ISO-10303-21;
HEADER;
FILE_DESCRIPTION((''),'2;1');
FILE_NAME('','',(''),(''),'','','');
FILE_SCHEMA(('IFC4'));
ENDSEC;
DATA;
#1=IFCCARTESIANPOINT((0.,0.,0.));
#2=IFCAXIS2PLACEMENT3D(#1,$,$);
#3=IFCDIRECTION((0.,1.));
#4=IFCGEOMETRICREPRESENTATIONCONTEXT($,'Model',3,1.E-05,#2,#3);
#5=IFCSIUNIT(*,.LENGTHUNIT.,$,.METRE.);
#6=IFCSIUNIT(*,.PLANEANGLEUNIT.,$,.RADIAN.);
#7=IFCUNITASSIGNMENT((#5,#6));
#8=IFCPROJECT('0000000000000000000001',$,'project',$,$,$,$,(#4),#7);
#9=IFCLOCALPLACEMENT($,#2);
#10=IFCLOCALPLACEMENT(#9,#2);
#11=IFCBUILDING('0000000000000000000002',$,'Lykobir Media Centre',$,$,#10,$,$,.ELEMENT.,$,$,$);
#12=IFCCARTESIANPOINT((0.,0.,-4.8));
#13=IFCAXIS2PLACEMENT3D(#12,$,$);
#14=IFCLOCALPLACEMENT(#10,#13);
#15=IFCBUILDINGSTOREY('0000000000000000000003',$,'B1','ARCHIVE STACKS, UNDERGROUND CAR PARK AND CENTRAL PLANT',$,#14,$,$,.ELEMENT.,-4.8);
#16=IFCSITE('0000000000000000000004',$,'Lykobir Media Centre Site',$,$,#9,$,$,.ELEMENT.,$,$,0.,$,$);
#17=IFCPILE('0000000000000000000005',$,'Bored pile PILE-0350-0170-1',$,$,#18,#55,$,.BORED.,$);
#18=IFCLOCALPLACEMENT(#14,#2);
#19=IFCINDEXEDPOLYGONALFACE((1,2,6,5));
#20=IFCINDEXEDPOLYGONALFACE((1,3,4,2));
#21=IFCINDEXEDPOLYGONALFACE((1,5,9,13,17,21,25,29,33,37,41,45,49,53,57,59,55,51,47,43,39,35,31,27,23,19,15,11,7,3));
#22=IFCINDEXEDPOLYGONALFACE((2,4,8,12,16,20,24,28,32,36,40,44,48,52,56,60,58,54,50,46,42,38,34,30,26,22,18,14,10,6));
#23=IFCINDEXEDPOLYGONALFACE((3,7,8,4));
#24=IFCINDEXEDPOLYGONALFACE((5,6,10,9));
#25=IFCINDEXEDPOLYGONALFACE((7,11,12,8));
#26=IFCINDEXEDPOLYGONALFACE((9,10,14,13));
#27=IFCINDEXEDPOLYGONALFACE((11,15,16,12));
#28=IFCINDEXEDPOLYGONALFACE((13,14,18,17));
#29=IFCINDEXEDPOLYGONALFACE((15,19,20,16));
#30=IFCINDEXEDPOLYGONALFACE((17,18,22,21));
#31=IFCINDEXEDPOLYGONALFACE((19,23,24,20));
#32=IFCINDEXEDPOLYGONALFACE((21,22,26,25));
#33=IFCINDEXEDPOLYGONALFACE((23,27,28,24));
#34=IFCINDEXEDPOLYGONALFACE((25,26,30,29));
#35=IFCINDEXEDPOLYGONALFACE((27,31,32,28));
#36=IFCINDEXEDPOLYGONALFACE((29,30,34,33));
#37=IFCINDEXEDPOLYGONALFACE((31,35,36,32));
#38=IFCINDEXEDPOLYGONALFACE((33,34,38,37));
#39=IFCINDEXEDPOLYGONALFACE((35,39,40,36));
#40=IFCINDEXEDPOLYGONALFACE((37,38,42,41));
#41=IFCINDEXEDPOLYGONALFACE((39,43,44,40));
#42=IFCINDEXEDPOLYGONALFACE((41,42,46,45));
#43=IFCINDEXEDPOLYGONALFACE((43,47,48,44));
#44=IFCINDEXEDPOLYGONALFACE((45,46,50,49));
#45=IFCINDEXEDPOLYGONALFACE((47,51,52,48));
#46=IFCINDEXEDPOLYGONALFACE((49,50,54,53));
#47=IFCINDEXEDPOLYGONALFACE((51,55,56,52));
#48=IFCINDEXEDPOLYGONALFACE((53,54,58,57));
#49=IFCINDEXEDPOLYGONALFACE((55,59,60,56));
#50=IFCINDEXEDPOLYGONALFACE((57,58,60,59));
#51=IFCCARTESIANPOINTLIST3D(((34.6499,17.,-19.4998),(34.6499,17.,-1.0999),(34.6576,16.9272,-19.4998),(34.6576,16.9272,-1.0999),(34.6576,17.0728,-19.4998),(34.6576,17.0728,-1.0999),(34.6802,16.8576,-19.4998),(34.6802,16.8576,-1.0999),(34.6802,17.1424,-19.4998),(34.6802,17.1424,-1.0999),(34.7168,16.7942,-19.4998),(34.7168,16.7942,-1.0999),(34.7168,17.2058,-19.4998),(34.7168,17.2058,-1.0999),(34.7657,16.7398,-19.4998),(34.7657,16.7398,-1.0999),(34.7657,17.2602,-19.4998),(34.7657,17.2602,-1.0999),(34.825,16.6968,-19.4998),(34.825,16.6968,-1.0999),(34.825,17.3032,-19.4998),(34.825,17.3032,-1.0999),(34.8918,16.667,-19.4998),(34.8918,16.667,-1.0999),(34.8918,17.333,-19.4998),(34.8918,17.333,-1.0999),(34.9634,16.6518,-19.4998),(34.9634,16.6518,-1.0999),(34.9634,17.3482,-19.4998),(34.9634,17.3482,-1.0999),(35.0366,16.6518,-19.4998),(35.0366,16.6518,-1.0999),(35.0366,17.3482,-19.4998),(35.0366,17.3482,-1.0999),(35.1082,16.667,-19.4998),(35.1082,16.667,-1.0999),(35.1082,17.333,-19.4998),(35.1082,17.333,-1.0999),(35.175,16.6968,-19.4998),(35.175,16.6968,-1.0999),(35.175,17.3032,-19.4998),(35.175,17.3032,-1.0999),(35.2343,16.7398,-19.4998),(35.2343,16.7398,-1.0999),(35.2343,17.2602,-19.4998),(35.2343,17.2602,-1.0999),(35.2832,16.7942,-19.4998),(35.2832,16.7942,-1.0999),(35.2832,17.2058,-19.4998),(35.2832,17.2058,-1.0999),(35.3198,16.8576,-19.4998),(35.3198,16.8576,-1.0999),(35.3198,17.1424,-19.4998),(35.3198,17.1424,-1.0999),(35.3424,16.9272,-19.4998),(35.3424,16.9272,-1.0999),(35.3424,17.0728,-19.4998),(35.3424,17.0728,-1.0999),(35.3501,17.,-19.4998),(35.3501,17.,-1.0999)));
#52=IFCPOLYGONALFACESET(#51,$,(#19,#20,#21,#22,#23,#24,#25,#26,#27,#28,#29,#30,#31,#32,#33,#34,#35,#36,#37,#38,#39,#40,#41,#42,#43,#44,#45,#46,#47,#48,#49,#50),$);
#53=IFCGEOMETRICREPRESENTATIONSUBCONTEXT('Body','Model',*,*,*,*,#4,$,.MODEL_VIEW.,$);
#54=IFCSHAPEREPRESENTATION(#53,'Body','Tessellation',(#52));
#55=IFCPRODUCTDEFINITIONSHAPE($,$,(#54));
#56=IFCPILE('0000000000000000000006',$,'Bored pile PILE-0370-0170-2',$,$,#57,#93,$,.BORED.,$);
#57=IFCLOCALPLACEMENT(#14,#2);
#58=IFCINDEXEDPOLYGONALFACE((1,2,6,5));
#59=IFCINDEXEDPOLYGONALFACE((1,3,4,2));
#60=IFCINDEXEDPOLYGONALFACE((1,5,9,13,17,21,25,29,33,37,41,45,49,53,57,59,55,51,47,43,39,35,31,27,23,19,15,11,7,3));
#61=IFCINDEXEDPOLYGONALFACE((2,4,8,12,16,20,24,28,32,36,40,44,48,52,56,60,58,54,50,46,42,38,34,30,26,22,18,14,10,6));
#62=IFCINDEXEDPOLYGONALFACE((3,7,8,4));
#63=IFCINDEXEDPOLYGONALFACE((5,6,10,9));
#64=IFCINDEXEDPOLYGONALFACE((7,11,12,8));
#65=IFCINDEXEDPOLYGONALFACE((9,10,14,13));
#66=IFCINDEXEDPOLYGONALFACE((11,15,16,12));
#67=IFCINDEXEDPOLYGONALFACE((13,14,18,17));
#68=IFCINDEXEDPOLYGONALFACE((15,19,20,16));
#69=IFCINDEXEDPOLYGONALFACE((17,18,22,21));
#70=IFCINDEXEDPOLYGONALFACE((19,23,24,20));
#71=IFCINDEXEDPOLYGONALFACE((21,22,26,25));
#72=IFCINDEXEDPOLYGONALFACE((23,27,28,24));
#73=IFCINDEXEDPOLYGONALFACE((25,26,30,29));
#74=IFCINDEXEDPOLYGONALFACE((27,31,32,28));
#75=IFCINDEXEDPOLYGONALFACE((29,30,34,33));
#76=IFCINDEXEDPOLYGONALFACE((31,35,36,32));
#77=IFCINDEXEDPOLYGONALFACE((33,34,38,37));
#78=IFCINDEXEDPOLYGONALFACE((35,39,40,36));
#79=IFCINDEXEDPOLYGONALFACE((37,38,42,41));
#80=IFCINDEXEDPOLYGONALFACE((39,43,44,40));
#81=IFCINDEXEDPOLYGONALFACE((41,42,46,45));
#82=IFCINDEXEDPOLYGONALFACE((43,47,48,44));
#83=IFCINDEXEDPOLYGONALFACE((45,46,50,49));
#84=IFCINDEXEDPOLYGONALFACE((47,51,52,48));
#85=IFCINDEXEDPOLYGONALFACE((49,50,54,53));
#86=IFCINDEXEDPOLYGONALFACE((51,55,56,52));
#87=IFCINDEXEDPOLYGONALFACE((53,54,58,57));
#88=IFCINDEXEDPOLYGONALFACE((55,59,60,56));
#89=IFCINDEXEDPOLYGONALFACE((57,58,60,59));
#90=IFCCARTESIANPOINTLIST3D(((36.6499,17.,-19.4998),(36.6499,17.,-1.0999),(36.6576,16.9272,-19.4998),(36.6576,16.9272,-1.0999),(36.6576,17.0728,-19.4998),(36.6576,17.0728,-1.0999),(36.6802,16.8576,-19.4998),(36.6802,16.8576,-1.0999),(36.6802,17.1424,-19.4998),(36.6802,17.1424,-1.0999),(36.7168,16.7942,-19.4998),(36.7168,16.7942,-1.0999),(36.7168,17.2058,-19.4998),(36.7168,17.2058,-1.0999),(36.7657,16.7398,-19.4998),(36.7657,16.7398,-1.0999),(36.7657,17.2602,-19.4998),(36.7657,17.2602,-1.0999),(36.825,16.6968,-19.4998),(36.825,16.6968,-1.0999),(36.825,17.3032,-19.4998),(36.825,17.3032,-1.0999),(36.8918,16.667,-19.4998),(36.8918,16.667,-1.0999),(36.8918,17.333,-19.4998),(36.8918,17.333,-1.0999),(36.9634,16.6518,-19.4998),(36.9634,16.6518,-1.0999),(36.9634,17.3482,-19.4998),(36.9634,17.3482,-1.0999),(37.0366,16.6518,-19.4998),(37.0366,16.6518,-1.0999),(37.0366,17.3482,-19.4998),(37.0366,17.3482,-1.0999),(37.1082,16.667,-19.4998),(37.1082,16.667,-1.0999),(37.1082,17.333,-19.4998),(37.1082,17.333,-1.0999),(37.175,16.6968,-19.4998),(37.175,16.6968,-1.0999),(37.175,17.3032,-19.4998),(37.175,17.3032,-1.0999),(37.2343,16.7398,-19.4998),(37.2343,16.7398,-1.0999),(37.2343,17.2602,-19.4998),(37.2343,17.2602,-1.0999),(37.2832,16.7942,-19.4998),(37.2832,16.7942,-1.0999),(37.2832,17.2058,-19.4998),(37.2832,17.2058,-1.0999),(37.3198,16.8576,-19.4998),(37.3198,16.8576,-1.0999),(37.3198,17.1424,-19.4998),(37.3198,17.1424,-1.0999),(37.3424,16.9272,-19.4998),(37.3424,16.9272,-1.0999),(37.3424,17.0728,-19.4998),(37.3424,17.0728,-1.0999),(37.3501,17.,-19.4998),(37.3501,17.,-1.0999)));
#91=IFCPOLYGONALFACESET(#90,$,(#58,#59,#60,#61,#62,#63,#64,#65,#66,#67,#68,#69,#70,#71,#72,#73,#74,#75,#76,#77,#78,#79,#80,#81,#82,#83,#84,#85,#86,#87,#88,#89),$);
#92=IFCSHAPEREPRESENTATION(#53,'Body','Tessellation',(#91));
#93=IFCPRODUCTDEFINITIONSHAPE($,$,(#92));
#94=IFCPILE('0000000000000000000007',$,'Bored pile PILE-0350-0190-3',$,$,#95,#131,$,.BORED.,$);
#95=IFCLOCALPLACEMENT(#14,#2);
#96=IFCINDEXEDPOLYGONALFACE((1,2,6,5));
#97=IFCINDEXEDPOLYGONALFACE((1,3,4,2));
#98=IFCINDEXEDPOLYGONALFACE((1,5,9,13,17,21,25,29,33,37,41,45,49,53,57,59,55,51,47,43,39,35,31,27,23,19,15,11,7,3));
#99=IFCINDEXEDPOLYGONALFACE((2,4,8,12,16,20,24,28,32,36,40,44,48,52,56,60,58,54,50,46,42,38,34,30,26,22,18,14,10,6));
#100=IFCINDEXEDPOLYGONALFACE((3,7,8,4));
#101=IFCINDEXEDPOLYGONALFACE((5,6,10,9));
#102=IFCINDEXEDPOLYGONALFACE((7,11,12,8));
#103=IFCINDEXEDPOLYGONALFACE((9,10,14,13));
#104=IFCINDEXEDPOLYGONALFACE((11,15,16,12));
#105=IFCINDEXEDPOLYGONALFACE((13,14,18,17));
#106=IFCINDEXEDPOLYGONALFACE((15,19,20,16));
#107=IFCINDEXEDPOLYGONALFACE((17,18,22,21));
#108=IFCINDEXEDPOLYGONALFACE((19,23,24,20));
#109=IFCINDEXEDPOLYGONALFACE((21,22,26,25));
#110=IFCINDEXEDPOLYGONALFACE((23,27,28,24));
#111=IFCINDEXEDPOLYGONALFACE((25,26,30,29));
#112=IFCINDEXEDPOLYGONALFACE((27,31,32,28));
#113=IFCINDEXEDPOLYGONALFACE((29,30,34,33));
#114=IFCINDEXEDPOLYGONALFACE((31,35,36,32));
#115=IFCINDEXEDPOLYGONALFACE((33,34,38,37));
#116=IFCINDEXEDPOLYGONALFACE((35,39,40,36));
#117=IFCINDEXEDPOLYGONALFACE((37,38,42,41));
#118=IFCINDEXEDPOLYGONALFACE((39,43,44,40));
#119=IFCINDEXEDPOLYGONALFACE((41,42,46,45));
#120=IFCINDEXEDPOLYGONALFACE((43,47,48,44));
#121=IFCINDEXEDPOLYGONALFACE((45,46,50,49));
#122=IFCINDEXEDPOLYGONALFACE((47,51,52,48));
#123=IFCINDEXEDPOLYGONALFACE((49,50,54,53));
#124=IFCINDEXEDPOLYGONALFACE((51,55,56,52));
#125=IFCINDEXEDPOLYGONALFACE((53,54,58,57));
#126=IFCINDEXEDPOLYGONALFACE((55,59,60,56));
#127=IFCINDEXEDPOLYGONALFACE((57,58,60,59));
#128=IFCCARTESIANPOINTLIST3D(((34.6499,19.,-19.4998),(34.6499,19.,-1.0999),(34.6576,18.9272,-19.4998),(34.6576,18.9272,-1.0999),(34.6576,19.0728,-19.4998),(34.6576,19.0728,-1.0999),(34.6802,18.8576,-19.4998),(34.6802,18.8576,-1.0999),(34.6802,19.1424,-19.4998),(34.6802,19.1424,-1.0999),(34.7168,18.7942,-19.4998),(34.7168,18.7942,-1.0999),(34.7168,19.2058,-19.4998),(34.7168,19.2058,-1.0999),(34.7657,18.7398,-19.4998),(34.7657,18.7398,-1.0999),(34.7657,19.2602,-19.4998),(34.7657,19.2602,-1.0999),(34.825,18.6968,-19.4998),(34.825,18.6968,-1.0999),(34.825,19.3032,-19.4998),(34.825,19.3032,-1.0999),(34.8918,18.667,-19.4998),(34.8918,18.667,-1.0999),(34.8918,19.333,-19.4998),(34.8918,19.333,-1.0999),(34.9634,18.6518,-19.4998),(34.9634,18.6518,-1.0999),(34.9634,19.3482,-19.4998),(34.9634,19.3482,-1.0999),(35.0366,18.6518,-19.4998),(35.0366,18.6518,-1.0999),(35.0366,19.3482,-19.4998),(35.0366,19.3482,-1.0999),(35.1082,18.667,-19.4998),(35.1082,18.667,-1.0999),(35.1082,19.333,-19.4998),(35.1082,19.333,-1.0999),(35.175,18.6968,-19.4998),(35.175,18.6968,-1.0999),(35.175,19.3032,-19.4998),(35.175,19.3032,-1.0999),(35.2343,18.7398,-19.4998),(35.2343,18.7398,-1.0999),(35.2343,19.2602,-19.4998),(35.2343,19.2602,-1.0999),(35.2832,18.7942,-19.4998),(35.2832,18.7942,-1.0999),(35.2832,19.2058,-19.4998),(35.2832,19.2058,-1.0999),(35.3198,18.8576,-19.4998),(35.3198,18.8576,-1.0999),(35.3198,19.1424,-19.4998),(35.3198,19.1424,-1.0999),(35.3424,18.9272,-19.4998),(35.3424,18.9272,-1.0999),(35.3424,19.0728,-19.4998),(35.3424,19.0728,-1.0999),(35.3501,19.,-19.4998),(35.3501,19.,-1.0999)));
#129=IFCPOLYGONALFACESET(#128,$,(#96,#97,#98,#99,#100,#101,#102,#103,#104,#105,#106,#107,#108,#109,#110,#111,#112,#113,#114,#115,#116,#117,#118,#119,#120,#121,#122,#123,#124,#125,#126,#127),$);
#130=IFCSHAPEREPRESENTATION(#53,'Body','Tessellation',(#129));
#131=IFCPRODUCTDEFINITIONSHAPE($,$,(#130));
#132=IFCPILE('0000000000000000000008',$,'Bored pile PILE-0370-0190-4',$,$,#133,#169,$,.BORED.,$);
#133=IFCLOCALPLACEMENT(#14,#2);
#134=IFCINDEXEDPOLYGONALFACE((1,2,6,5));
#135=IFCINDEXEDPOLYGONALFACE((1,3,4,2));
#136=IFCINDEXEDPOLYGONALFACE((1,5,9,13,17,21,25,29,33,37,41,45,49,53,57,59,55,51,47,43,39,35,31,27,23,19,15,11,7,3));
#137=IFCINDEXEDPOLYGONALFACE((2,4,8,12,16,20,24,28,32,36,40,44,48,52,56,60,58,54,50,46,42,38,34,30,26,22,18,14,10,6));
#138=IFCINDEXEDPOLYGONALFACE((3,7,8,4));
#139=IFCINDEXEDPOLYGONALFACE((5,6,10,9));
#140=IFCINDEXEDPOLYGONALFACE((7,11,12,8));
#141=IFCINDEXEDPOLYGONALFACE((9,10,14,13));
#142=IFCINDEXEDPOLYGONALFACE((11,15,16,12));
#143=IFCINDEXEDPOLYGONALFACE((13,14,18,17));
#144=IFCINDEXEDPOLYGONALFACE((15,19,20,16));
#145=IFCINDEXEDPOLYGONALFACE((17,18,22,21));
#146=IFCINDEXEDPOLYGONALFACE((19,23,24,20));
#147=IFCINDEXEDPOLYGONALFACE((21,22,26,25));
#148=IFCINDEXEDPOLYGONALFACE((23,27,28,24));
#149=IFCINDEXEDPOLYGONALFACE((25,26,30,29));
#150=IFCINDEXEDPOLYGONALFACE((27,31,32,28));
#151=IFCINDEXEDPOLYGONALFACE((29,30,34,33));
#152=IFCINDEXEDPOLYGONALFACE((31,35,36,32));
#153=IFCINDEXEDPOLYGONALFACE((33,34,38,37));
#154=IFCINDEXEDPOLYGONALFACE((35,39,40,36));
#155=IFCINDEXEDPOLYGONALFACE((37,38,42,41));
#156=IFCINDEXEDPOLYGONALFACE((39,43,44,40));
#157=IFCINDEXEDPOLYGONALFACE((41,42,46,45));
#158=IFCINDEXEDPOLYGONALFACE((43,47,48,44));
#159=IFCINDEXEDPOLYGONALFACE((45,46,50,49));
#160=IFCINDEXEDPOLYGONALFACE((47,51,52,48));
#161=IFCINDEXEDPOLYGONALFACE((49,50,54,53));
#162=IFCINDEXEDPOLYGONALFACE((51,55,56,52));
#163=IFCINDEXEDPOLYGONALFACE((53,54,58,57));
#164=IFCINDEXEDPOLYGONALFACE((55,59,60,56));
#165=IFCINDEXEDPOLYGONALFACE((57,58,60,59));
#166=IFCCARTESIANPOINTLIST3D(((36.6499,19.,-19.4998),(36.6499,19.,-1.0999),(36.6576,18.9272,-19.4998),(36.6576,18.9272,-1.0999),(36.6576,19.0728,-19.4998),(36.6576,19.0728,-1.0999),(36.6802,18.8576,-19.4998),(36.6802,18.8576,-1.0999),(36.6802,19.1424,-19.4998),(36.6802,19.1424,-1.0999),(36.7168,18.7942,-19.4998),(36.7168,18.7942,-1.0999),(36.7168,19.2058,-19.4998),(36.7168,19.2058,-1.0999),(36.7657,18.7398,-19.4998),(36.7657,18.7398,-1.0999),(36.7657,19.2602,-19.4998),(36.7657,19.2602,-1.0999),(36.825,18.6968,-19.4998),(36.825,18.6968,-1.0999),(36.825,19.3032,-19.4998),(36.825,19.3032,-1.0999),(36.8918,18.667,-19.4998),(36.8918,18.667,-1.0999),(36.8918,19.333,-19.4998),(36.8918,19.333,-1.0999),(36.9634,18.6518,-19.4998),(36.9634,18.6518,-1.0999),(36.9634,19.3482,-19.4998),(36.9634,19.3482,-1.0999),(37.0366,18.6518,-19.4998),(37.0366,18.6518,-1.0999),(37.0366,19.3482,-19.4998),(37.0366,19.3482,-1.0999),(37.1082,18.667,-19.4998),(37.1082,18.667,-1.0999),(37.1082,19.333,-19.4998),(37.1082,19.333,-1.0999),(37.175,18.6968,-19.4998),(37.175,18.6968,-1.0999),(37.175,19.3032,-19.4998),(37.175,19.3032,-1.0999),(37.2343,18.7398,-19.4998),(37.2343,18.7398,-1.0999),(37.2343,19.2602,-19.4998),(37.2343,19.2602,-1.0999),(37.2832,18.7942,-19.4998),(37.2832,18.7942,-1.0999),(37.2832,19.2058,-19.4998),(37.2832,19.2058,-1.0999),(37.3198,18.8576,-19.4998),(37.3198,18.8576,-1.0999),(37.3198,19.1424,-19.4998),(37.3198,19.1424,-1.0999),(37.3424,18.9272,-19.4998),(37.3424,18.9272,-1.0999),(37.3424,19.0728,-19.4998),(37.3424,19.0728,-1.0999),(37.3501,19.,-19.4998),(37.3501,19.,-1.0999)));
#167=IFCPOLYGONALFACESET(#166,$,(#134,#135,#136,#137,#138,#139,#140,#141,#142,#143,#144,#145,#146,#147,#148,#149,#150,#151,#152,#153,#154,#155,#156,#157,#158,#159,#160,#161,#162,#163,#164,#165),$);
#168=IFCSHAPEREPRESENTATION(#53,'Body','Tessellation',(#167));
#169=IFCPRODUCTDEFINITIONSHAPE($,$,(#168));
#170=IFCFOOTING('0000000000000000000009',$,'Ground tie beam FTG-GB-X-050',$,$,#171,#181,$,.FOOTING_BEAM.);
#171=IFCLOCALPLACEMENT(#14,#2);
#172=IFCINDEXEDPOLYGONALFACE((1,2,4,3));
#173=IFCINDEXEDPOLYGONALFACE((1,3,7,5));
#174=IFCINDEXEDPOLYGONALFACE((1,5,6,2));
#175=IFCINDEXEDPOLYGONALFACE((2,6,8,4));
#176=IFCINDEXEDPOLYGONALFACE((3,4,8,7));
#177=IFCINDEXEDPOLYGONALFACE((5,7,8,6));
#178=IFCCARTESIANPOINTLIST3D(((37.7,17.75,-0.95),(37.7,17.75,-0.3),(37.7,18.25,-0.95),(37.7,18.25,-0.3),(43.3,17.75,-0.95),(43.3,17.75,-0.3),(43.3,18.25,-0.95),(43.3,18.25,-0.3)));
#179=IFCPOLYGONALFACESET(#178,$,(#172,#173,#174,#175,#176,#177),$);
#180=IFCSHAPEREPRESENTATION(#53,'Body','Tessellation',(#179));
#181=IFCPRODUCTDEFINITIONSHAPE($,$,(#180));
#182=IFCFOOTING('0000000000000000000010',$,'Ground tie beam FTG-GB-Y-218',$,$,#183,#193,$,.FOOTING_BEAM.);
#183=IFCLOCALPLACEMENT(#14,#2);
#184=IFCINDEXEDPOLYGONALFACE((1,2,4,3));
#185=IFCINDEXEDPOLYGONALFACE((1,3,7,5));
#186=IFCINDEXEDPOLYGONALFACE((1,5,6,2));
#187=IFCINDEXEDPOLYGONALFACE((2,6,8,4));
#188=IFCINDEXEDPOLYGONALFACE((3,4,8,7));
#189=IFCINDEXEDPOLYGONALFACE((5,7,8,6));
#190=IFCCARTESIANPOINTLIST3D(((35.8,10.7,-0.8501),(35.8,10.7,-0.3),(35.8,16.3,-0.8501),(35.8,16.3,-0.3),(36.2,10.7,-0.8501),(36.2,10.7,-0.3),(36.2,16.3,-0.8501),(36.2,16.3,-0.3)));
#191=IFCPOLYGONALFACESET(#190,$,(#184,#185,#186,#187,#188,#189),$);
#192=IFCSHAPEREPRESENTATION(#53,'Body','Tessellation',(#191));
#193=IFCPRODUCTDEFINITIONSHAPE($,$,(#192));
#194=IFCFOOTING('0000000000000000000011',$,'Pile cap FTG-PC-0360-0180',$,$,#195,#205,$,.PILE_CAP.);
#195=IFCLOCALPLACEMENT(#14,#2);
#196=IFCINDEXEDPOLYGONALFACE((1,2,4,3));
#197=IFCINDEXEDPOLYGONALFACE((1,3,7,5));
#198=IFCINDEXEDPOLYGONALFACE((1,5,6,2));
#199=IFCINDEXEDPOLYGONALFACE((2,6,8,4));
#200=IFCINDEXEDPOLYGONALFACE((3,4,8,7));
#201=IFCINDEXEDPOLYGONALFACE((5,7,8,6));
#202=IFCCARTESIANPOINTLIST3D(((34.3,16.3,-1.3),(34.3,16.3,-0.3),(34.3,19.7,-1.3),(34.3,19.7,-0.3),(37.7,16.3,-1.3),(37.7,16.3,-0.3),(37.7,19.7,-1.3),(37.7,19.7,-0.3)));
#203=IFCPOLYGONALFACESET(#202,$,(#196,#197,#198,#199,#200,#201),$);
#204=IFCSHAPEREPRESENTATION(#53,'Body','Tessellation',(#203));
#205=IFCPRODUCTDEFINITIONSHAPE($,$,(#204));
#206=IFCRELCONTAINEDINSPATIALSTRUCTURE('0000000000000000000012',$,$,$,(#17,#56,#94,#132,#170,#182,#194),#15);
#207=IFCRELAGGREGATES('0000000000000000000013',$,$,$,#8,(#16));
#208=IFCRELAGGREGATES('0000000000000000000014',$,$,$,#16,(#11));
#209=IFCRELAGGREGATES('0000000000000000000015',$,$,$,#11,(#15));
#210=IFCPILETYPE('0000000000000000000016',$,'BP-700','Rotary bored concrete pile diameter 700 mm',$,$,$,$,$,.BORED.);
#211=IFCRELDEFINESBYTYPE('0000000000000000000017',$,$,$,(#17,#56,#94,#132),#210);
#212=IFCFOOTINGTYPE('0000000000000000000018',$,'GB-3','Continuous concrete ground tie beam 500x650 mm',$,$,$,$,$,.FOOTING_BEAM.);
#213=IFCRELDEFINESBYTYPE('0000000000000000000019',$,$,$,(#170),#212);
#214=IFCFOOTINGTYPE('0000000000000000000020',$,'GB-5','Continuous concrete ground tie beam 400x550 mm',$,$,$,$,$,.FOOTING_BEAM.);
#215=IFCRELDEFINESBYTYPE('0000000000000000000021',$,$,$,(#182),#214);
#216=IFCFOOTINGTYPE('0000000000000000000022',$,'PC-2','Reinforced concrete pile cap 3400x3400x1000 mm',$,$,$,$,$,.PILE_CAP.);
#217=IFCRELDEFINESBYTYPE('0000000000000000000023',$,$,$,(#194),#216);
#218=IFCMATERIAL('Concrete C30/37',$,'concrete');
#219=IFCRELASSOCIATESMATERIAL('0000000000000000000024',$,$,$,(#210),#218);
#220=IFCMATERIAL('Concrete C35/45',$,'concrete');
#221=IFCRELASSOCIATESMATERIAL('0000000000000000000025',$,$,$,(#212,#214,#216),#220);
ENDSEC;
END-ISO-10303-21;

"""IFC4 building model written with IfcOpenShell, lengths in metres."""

from ifc_helpers import new_model, si_unit, direction, frame, origin, origin_2d, place, context, subcontext, project, spatial, rectangle, circle, extrude, material, material_profile, profile_set, type_object, element, save


model = new_model("IFC4")

# Units and contexts
model_context = context("Model", 3, precision=1e-05, world=origin(), true_north=direction((0.0, 1.0)))
body_context = subcontext(model_context, "Body", "Model", "MODEL_VIEW")
ifc_project = project(units=[si_unit("LENGTHUNIT", "METRE"), si_unit("PLANEANGLEUNIT", "RADIAN")], contexts=[model_context])

# Site, building, storey
site_placement = place(None, origin())
site = spatial("IfcSite", under=ifc_project, at=site_placement, Name="Lykobir Media Centre Site", CompositionType="ELEMENT", RefElevation=0.0)
building_placement = place(site_placement, origin())
building = spatial("IfcBuilding", under=site, at=building_placement, Name="Lykobir Media Centre", CompositionType="ELEMENT")
storey_placement = place(building_placement, frame((0.0, 0.0, -4.8)))
storey = spatial("IfcBuildingStorey", under=building, at=storey_placement, Name="B1", Description="ARCHIVE STACKS, UNDERGROUND CAR PARK AND CENTRAL PLANT", CompositionType="ELEMENT", Elevation=-4.8)

# Piles
ifc_material_1 = material(Name="Concrete C30/37", Category="concrete")
ifc_material_profile_1 = material_profile(ifc_material_1, circle(Radius=0.3501, at=origin_2d()), Name="BORED PILE D700")
ifc_profile_set_1 = profile_set([ifc_material_profile_1], Name="Concrete C30/37")
pile_type = type_object("IfcPileType", Name="BP-700", Description="Rotary bored concrete pile diameter 700 mm", PredefinedType="BORED", material=ifc_profile_set_1)
for number, where, z_axis, x_axis, name in (
    (1, (35.0, 17.0, -1.0999), (0.0, 0.0, -1.0), (1.0, 0.0, 0.0), "Bored pile PILE-0350-0170-1"),
    (2, (37.0, 17.0, -1.0999), (0.0, 0.0, -1.0), (1.0, 0.0, 0.0), "Bored pile PILE-0370-0170-2"),
    (3, (35.0, 19.0, -1.0999), (0.0, 0.0, -1.0), (1.0, 0.0, 0.0), "Bored pile PILE-0350-0190-3"),
    (4, (37.0, 19.0, -1.0999), (0.0, 0.0, -1.0), (1.0, 0.0, 0.0), "Bored pile PILE-0370-0190-4"),
):
    element("IfcPile", number, at=place(storey_placement, frame(where, z_axis=z_axis, x_axis=x_axis)), inside=storey, type_object=pile_type, Name=name, PredefinedType="BORED", context=body_context, shape_type="SweptSolid", body=[
        extrude(circle(Radius=0.3501, at=origin_2d()), origin(), (0.0, 0.0, 1.0), 18.3999),
    ])

# Footings
ifc_material_2 = material(Name="Concrete C35/45", Category="concrete")
footing_type_1 = type_object("IfcFootingType", Name="GB-3", Description="Continuous concrete ground tie beam 500x650 mm", PredefinedType="FOOTING_BEAM", material=ifc_material_2)
footing_1_placement = place(storey_placement, frame((40.5, 18.0, -0.95), z_axis=(0.0, 0.0, 1.0), x_axis=(1.0, 0.0, 0.0)))
element("IfcFooting", 5, at=footing_1_placement, inside=storey, type_object=footing_type_1, Name="Ground tie beam FTG-GB-X-050", PredefinedType="FOOTING_BEAM", context=body_context, shape_type="SweptSolid", body=[
    extrude(rectangle(XDim=5.6001, YDim=0.5, at=origin_2d()), origin(), (0.0, 0.0, 1.0), 0.6499),
])
footing_type_2 = type_object("IfcFootingType", Name="GB-5", Description="Continuous concrete ground tie beam 400x550 mm", PredefinedType="FOOTING_BEAM", material=ifc_material_2)
footing_2_placement = place(storey_placement, frame((36.0, 13.5, -0.8501), z_axis=(0.0, 0.0, 1.0), x_axis=(0.0, 1.0, 0.0)))
element("IfcFooting", 6, at=footing_2_placement, inside=storey, type_object=footing_type_2, Name="Ground tie beam FTG-GB-Y-218", PredefinedType="FOOTING_BEAM", context=body_context, shape_type="SweptSolid", body=[
    extrude(rectangle(XDim=5.6001, YDim=0.3999, at=origin_2d()), origin(), (0.0, 0.0, 1.0), 0.55),
])
footing_type_3 = type_object("IfcFootingType", Name="PC-2", Description="Reinforced concrete pile cap 3400x3400x1000 mm", PredefinedType="PILE_CAP", material=ifc_material_2)
footing_3_placement = place(storey_placement, frame((36.0, 18.0, -1.3), z_axis=(0.0, 0.0, 1.0), x_axis=(1.0, 0.0, 0.0)))
element("IfcFooting", 7, at=footing_3_placement, inside=storey, type_object=footing_type_3, Name="Pile cap FTG-PC-0360-0180", PredefinedType="PILE_CAP", context=body_context, shape_type="SweptSolid", body=[
    extrude(rectangle(XDim=3.3999, YDim=3.3999, at=origin_2d()), origin(), (0.0, 0.0, 1.0), 1.0),
])

save(model, "model.ifc")
